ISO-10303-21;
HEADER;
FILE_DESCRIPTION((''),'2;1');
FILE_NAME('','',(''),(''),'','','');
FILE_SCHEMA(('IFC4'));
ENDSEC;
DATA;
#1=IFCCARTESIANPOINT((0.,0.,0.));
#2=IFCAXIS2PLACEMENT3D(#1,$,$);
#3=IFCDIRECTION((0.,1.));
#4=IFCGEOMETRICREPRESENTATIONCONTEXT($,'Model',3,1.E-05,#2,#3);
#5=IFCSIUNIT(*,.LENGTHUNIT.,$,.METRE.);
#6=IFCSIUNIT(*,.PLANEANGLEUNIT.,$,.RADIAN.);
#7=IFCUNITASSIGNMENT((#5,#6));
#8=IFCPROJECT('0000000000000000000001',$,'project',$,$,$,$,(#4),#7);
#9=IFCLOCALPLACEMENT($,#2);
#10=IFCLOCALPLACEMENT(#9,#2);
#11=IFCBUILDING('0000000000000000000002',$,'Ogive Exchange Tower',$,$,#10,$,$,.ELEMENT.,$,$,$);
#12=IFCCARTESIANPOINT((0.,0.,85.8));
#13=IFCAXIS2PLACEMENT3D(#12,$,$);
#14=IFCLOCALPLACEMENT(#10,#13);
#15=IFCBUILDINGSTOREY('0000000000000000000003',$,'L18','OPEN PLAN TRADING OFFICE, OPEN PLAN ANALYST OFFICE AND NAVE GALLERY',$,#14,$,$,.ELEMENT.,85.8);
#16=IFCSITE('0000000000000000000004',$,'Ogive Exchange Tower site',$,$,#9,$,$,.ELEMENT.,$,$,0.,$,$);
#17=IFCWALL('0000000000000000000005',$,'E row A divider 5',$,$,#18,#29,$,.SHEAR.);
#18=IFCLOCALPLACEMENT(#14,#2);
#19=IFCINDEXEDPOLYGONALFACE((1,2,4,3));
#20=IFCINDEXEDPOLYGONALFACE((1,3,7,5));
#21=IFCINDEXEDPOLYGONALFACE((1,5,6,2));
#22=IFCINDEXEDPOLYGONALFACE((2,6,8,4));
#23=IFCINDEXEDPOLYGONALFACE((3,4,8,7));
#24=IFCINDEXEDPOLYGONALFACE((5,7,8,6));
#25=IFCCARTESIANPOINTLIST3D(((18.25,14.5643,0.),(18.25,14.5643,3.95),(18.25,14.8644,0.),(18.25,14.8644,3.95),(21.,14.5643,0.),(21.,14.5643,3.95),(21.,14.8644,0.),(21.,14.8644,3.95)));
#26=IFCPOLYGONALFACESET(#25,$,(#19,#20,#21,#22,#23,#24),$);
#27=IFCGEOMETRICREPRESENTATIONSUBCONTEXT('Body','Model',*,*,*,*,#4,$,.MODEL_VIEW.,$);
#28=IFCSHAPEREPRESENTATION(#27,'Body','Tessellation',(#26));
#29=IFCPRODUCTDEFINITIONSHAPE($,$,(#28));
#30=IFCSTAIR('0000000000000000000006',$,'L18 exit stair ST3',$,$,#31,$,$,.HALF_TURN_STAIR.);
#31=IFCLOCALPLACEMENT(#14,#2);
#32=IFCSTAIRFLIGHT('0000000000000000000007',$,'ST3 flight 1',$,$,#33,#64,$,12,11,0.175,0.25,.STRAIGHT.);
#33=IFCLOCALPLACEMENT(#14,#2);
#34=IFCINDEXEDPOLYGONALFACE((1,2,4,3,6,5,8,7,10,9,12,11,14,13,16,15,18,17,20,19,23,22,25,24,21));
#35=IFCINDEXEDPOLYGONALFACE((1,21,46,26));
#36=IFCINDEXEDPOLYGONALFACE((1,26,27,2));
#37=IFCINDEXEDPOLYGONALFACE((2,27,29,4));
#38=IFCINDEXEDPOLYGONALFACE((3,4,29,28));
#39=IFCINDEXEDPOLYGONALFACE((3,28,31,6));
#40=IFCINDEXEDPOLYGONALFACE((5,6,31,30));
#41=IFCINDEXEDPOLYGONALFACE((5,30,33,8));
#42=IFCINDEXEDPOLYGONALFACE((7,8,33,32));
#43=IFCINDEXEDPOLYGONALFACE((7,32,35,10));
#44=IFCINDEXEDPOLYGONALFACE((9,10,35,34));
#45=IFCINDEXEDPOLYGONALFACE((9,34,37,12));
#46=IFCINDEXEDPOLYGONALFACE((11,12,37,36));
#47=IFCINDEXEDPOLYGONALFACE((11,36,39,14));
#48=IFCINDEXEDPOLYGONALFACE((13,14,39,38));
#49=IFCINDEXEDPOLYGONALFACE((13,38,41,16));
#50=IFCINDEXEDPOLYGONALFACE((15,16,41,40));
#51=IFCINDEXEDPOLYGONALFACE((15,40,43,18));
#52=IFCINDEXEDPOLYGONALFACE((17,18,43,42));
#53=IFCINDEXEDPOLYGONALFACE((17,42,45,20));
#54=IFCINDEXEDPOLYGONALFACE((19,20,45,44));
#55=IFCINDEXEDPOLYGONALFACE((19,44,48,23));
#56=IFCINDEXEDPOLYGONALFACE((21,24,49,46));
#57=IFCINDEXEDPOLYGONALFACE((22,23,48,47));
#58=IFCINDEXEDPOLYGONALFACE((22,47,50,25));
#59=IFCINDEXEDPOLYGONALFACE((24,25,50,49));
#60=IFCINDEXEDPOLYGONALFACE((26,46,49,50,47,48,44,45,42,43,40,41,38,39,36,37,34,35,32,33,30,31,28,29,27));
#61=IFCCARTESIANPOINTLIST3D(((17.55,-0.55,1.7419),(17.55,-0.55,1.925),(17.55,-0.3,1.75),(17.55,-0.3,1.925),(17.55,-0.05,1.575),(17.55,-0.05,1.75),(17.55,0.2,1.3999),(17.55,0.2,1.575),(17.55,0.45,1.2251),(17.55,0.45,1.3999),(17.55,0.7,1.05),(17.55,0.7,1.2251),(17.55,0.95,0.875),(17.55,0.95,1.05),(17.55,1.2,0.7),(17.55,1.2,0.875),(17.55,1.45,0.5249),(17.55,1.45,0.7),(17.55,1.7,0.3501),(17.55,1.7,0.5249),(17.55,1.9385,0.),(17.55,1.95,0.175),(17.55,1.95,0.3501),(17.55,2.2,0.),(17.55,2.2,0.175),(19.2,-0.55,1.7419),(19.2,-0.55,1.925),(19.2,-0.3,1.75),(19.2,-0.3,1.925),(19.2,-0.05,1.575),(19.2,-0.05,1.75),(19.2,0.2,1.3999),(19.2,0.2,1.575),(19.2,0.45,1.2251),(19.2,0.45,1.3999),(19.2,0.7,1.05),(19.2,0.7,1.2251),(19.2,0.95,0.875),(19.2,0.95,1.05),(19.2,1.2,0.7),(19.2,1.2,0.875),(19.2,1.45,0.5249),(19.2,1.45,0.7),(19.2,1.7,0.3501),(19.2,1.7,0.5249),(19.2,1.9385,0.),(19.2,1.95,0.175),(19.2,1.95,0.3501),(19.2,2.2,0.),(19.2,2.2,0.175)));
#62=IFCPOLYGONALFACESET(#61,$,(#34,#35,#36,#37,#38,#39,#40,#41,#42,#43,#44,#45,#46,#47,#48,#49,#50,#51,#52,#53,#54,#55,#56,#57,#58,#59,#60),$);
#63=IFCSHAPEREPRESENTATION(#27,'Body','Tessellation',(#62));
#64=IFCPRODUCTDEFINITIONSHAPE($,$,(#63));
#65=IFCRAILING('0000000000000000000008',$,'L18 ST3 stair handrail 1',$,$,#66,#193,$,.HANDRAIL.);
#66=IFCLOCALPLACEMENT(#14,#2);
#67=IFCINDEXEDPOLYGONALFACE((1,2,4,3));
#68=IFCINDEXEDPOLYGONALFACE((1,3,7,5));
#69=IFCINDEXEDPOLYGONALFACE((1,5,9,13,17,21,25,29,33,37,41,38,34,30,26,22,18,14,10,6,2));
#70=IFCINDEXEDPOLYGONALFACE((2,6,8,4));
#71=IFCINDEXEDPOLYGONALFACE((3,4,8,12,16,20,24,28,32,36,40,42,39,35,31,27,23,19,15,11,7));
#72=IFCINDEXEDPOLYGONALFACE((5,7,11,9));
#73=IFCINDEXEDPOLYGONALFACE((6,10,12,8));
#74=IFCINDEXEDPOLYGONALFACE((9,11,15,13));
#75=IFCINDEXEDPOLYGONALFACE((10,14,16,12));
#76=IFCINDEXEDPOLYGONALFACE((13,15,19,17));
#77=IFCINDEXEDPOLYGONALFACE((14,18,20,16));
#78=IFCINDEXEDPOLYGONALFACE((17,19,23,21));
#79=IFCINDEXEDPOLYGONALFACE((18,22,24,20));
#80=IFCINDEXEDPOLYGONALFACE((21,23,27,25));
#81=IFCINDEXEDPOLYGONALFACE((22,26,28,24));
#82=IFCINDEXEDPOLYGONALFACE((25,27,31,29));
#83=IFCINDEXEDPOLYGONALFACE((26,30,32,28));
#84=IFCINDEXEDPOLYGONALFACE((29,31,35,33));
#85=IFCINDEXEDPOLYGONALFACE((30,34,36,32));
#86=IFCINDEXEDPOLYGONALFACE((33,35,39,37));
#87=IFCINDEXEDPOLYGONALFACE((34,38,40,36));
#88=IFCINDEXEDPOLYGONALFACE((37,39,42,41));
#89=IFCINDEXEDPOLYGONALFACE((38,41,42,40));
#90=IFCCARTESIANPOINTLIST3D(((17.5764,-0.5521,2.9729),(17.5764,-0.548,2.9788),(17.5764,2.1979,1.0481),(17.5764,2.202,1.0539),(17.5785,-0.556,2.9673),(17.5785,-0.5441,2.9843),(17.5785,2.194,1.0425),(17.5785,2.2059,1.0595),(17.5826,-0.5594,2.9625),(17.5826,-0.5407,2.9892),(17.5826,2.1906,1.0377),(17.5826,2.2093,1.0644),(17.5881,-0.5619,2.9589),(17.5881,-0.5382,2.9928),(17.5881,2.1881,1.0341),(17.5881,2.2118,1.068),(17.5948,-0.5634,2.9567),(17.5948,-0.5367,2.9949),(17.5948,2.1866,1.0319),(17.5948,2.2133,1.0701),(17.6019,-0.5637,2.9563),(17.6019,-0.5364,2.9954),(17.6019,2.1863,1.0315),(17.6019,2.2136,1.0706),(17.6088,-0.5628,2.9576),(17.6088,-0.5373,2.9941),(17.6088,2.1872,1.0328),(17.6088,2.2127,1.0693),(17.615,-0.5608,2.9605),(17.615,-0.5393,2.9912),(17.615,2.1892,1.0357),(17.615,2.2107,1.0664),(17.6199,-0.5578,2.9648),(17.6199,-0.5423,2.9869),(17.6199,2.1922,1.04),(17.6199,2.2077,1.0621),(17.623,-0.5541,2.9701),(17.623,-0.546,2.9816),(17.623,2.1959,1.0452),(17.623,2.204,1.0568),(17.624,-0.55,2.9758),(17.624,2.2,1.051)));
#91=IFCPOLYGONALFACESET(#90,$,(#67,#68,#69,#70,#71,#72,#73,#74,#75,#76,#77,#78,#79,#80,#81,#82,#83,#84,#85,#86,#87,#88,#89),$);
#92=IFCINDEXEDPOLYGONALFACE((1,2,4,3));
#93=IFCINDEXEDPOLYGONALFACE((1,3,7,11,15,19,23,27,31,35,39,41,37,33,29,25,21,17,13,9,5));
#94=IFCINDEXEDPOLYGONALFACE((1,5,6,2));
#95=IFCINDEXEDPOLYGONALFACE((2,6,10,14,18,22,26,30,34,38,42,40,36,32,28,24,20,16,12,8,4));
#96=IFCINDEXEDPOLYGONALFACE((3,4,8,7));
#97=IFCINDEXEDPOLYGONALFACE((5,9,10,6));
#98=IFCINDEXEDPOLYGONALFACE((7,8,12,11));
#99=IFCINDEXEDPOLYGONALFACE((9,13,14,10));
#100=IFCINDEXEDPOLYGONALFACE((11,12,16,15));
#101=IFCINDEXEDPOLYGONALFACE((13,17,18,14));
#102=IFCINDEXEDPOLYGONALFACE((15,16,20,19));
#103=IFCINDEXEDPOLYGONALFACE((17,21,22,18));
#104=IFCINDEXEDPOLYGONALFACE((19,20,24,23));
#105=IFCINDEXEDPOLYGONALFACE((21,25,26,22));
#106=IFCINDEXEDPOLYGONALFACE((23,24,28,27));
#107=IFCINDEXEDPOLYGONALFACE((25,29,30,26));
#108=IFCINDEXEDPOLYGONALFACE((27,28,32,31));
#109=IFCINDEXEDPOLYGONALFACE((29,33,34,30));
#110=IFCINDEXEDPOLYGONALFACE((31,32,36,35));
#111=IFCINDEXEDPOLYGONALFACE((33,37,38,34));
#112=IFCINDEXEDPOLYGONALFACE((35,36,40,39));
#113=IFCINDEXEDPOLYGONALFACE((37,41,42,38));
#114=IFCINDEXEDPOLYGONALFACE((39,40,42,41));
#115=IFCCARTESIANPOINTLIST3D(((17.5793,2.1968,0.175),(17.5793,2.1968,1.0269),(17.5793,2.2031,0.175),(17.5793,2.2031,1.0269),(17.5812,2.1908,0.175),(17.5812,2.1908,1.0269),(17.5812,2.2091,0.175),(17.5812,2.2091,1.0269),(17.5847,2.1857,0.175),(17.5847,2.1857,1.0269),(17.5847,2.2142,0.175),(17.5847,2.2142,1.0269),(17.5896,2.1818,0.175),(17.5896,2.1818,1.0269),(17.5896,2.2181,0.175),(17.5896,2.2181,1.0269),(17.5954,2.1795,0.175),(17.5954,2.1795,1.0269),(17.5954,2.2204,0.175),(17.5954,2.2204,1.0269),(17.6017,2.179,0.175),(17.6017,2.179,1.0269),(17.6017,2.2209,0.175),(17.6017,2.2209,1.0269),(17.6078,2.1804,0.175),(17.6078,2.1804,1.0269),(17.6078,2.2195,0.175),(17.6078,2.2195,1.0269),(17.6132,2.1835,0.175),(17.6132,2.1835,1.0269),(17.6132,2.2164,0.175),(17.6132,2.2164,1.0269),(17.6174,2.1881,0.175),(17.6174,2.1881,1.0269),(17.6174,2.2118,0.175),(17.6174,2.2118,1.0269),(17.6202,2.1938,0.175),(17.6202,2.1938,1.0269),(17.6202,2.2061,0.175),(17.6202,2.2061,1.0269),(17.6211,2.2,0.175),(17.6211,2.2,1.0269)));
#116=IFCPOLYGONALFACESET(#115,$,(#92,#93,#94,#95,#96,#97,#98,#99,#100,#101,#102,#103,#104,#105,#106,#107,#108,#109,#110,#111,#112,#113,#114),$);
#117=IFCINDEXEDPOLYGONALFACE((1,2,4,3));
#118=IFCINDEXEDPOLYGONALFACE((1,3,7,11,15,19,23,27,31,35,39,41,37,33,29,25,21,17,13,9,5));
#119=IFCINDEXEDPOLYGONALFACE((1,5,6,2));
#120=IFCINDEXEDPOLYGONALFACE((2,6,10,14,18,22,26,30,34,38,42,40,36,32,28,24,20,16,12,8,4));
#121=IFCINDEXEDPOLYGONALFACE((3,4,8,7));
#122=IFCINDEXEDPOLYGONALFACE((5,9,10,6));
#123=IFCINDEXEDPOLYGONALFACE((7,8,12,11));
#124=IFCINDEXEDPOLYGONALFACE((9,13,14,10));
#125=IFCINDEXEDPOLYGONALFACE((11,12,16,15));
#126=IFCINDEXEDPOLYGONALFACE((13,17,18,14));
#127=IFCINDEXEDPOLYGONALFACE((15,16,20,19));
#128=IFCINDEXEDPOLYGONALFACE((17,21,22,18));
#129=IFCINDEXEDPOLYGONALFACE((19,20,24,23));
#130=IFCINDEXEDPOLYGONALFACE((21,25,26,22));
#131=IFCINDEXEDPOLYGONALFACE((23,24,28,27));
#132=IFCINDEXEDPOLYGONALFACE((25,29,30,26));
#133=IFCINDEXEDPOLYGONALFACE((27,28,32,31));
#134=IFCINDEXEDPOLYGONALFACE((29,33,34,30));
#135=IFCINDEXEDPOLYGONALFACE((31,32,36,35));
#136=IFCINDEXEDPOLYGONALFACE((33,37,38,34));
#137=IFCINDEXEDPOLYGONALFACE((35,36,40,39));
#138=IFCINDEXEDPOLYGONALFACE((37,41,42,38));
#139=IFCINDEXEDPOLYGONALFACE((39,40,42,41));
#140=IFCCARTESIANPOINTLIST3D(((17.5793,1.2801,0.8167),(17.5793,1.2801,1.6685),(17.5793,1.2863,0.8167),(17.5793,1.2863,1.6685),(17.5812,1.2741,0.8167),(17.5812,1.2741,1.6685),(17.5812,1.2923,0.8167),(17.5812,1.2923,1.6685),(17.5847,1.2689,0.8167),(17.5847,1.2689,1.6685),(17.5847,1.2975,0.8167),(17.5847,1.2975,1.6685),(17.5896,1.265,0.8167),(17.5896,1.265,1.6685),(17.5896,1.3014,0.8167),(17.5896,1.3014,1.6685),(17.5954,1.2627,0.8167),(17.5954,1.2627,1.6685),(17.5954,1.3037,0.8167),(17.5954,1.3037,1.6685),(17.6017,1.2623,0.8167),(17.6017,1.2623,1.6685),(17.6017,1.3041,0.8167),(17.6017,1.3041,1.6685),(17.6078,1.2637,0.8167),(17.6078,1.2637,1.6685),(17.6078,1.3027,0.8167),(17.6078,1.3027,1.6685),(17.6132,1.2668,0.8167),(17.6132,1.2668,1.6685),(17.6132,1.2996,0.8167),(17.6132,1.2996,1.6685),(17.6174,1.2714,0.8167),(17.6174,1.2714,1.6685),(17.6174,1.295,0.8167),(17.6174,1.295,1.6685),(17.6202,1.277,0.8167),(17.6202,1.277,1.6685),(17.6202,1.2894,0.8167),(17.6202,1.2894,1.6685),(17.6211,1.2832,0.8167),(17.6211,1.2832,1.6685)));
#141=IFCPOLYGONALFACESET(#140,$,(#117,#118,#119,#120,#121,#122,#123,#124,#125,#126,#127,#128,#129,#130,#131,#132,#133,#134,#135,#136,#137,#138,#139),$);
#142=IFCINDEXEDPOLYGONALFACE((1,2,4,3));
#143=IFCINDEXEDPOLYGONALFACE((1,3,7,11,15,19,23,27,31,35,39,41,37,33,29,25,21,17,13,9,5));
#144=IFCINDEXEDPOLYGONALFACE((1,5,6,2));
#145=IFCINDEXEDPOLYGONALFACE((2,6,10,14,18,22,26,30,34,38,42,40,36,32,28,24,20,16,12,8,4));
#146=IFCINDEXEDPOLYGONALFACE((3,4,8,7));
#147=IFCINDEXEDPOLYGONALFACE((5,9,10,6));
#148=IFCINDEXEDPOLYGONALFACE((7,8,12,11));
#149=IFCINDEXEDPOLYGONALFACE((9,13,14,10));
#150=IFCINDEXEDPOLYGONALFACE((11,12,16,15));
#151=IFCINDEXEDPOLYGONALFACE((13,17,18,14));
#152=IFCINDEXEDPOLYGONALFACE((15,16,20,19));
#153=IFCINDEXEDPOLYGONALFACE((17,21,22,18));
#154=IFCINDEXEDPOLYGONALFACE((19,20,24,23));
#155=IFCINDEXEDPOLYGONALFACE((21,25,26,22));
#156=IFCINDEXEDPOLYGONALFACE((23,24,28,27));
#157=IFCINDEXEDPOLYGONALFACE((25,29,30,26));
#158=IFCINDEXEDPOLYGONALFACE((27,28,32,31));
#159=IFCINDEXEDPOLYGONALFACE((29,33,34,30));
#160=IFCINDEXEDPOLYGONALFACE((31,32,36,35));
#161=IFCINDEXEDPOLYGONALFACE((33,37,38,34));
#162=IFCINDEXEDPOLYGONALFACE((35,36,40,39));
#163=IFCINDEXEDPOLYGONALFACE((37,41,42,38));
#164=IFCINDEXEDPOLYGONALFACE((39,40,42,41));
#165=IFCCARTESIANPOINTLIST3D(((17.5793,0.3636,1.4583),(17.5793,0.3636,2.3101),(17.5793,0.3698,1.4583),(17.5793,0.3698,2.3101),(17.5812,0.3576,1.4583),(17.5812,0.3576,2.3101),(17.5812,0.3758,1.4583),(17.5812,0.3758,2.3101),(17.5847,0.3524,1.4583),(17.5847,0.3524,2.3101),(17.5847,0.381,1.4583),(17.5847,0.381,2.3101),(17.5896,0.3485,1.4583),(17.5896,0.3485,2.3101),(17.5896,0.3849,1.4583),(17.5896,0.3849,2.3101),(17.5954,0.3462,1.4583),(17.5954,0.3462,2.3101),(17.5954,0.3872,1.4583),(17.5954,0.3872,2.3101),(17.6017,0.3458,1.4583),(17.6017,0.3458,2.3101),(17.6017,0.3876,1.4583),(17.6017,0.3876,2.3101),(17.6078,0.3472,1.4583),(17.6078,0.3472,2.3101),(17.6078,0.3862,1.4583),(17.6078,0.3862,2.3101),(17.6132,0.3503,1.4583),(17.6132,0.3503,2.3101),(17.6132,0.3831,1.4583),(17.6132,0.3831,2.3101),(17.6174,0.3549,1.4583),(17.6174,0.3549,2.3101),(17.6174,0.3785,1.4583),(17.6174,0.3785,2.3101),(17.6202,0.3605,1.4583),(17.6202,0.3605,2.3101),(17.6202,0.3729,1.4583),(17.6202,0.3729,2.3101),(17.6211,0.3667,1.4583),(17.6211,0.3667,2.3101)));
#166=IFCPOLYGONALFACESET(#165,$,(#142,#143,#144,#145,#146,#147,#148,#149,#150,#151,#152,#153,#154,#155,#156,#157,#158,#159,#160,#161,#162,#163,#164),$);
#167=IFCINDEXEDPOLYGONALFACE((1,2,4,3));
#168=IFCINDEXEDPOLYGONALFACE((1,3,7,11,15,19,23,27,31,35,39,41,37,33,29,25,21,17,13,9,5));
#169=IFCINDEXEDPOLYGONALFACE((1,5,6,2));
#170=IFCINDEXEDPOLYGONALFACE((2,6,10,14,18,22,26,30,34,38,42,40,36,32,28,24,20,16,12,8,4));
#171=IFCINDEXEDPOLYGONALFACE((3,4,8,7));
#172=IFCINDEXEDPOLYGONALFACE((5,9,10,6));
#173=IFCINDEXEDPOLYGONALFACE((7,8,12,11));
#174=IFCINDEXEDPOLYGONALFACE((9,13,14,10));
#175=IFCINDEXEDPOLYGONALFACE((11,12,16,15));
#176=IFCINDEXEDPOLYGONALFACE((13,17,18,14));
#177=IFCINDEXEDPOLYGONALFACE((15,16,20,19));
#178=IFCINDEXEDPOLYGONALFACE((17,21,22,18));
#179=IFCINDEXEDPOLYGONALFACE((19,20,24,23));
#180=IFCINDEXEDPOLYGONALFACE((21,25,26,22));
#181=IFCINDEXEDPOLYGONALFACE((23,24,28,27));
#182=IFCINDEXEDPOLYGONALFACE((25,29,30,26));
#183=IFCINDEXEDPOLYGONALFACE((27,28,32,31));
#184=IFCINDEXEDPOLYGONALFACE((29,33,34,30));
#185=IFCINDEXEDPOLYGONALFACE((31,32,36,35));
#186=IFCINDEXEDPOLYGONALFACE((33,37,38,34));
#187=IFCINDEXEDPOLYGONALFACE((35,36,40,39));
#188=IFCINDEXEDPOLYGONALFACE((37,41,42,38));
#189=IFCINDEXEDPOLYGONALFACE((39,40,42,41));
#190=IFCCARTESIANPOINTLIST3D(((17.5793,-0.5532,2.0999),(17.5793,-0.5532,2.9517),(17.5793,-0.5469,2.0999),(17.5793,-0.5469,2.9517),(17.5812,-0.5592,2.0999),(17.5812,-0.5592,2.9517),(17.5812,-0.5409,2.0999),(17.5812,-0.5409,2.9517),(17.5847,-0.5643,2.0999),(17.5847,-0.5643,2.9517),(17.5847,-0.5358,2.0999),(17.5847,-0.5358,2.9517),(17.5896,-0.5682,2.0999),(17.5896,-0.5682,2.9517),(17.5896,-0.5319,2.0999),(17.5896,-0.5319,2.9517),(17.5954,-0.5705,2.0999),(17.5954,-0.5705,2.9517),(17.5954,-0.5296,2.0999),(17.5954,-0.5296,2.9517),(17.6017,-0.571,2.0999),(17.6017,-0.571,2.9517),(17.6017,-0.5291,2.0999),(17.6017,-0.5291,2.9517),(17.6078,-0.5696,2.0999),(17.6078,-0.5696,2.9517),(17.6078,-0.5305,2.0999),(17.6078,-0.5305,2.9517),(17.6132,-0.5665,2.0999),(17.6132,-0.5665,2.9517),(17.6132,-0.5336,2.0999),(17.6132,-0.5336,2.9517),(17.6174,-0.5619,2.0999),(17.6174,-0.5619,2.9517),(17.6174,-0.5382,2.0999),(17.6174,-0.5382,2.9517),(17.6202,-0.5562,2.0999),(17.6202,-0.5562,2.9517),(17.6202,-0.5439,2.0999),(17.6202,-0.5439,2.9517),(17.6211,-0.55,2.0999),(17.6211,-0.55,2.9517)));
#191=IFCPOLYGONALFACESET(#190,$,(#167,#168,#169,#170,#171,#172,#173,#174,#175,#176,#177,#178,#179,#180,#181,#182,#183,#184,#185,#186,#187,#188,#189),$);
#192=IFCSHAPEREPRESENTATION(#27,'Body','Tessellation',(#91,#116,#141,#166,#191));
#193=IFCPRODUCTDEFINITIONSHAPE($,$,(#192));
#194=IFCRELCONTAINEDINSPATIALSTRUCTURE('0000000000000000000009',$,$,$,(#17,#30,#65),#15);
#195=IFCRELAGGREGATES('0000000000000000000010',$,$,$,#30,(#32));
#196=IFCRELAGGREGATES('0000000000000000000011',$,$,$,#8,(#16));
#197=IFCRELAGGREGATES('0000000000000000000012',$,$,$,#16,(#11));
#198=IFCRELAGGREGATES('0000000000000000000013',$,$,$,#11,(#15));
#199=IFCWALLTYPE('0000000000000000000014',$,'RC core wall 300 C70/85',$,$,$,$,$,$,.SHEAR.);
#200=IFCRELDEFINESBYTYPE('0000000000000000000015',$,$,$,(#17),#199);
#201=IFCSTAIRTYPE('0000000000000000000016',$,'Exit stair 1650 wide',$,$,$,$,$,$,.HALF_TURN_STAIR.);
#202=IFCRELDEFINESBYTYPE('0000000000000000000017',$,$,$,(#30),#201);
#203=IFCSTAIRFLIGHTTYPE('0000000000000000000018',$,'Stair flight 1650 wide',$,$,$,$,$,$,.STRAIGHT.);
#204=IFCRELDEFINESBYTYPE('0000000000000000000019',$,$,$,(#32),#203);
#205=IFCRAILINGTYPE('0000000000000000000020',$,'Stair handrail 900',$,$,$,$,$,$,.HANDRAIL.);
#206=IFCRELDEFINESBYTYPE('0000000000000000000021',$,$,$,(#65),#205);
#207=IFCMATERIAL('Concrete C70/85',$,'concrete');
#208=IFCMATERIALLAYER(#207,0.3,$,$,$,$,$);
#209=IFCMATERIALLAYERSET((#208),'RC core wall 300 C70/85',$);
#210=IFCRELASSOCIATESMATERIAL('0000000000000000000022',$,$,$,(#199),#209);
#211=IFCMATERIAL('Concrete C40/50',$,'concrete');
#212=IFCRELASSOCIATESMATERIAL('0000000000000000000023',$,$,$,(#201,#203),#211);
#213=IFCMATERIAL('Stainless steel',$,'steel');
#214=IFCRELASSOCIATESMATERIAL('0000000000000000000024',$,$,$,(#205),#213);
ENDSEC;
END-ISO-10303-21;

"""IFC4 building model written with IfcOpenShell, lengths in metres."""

from ifc_helpers import new_model, si_unit, direction, frame, frame_2d, origin, origin_2d, place, context, subcontext, project, spatial, polyline, rectangle, circle, outline, extrude, material, layer, layer_set, type_object, element, aggregate, save


model = new_model("IFC4")

# Units and contexts
model_context = context("Model", 3, precision=1e-05, world=origin(), true_north=direction((0.0, 1.0)))
body_context = subcontext(model_context, "Body", "Model", "MODEL_VIEW")
ifc_project = project(units=[si_unit("LENGTHUNIT", "METRE"), si_unit("PLANEANGLEUNIT", "RADIAN")], contexts=[model_context])

# Site, building, storey
site_placement = place(None, origin())
site = spatial("IfcSite", under=ifc_project, at=site_placement, Name="Ogive Exchange Tower site", CompositionType="ELEMENT", RefElevation=0.0)
building_placement = place(site_placement, origin())
building = spatial("IfcBuilding", under=site, at=building_placement, Name="Ogive Exchange Tower", CompositionType="ELEMENT")
storey_placement = place(building_placement, frame((0.0, 0.0, 85.8)))
storey = spatial("IfcBuildingStorey", under=building, at=storey_placement, Name="L18", Description="OPEN PLAN TRADING OFFICE, OPEN PLAN ANALYST OFFICE AND NAVE GALLERY", CompositionType="ELEMENT", Elevation=85.8)

# Shared definitions
ifc_material_1 = material(Name="Concrete C70/85", Category="concrete")

# Shared definitions
ifc_material_2 = material(Name="Stainless steel", Category="steel")

# Wall
ifc_layer_1 = layer(ifc_material_1, 0.3)
ifc_layer_set_1 = layer_set([ifc_layer_1], Name="RC core wall 300 C70/85")
wall_type_1 = type_object("IfcWallType", Name="RC core wall 300 C70/85", PredefinedType="SHEAR", material=ifc_layer_set_1)
for number, where, z_axis, x_axis, name in (
    (1, (18.25, 14.7144, 0.0), (0.0, 0.0, 1.0), (1.0, 0.0, 0.0), "E row A divider 5"),
):
    element("IfcWall", number, at=place(storey_placement, frame(where, z_axis=z_axis, x_axis=x_axis)), inside=storey, type_object=wall_type_1, Name=name, PredefinedType="SHEAR", context=body_context, shape_type="SweptSolid", body=[
        extrude(rectangle(XDim=2.75, YDim=0.3, at=frame_2d((1.375, 0.0))), origin(), (0.0, 0.0, 1.0), 3.95),
    ])

# Stair, stair flight
ifc_material_3 = material(Name="Concrete C40/50", Category="concrete")
stair_type = type_object("IfcStairType", Name="Exit stair 1650 wide", PredefinedType="HALF_TURN_STAIR", material=ifc_material_3)
stair_placement = place(storey_placement, origin())
stair = element("IfcStair", 2, at=stair_placement, inside=storey, type_object=stair_type, Name="L18 exit stair ST3", PredefinedType="HALF_TURN_STAIR")
stair_flight_type = type_object("IfcStairFlightType", Name="Stair flight 1650 wide", PredefinedType="STRAIGHT", material=ifc_material_3)
stair_flight_placement = place(storey_placement, frame((18.375, 2.2, 0.0), z_axis=(0.0, 0.0, 1.0), x_axis=(0.0, -1.0, 0.0)))
stair_flight = element("IfcStairFlight", 3, at=stair_flight_placement, type_object=stair_flight_type, Name="ST3 flight 1", NumberOfRisers=12, NumberOfTreads=11, PredefinedType="STRAIGHT", RiserHeight=0.175, TreadLength=0.25, context=body_context, shape_type="SweptSolid", body=[
    extrude(outline(polyline([(0.0, 0.0), (0.0, 0.175), (0.25, 0.175), (0.25, 0.3501), (0.5, 0.3501), (0.5, 0.5249), (0.75, 0.5249), (0.75, 0.7), (1.0, 0.7), (1.0, 0.875), (1.25, 0.875), (1.25, 1.05), (1.5, 1.05), (1.5, 1.2251), (1.75, 1.2251), (1.75, 1.3999), (2.0, 1.3999), (2.0, 1.575), (2.25, 1.575), (2.25, 1.75), (2.5, 1.75), (2.5, 1.925), (2.75, 1.925), (2.75, 2.1001), (2.75, 1.7419), (0.2615, 0.0), (0.0, 0.0)])), frame((0.0, 0.825, 0.0), z_axis=(0.0, -1.0, 0.0), x_axis=(1.0, 0.0, 0.0)), (0.0, 0.0, 1.0), 1.6499),
])
aggregate(stair, [stair_flight])

# Railing
railing_type = type_object("IfcRailingType", Name="Stair handrail 900", PredefinedType="HANDRAIL", material=ifc_material_2)
railing_placement = place(storey_placement, frame((17.6001, 2.2, 0.175)))
element("IfcRailing", 4, at=railing_placement, inside=storey, type_object=railing_type, Name="L18 ST3 stair handrail 1", PredefinedType="HANDRAIL", context=body_context, shape_type="SweptSolid", body=[
    extrude(circle(Radius=0.0239, at=origin_2d()), frame((0.0, 0.0, 0.876), z_axis=(0.0, -0.819259, 0.573423), x_axis=(1.0, 0.0, 0.0)), (0.0, 0.0, 1.0), 3.3567),
    extrude(circle(Radius=0.021, at=origin_2d()), origin(), (0.0, 0.0, 1.0), 0.8518),
    extrude(circle(Radius=0.021, at=origin_2d()), frame((0.0, -0.9167, 0.6416)), (0.0, 0.0, 1.0), 0.8518),
    extrude(circle(Radius=0.021, at=origin_2d()), frame((0.0, -1.8333, 1.2832)), (0.0, 0.0, 1.0), 0.8518),
    extrude(circle(Radius=0.021, at=origin_2d()), frame((0.0, -2.75, 1.9248)), (0.0, 0.0, 1.0), 0.8518),
])

save(model, "model.ifc")
